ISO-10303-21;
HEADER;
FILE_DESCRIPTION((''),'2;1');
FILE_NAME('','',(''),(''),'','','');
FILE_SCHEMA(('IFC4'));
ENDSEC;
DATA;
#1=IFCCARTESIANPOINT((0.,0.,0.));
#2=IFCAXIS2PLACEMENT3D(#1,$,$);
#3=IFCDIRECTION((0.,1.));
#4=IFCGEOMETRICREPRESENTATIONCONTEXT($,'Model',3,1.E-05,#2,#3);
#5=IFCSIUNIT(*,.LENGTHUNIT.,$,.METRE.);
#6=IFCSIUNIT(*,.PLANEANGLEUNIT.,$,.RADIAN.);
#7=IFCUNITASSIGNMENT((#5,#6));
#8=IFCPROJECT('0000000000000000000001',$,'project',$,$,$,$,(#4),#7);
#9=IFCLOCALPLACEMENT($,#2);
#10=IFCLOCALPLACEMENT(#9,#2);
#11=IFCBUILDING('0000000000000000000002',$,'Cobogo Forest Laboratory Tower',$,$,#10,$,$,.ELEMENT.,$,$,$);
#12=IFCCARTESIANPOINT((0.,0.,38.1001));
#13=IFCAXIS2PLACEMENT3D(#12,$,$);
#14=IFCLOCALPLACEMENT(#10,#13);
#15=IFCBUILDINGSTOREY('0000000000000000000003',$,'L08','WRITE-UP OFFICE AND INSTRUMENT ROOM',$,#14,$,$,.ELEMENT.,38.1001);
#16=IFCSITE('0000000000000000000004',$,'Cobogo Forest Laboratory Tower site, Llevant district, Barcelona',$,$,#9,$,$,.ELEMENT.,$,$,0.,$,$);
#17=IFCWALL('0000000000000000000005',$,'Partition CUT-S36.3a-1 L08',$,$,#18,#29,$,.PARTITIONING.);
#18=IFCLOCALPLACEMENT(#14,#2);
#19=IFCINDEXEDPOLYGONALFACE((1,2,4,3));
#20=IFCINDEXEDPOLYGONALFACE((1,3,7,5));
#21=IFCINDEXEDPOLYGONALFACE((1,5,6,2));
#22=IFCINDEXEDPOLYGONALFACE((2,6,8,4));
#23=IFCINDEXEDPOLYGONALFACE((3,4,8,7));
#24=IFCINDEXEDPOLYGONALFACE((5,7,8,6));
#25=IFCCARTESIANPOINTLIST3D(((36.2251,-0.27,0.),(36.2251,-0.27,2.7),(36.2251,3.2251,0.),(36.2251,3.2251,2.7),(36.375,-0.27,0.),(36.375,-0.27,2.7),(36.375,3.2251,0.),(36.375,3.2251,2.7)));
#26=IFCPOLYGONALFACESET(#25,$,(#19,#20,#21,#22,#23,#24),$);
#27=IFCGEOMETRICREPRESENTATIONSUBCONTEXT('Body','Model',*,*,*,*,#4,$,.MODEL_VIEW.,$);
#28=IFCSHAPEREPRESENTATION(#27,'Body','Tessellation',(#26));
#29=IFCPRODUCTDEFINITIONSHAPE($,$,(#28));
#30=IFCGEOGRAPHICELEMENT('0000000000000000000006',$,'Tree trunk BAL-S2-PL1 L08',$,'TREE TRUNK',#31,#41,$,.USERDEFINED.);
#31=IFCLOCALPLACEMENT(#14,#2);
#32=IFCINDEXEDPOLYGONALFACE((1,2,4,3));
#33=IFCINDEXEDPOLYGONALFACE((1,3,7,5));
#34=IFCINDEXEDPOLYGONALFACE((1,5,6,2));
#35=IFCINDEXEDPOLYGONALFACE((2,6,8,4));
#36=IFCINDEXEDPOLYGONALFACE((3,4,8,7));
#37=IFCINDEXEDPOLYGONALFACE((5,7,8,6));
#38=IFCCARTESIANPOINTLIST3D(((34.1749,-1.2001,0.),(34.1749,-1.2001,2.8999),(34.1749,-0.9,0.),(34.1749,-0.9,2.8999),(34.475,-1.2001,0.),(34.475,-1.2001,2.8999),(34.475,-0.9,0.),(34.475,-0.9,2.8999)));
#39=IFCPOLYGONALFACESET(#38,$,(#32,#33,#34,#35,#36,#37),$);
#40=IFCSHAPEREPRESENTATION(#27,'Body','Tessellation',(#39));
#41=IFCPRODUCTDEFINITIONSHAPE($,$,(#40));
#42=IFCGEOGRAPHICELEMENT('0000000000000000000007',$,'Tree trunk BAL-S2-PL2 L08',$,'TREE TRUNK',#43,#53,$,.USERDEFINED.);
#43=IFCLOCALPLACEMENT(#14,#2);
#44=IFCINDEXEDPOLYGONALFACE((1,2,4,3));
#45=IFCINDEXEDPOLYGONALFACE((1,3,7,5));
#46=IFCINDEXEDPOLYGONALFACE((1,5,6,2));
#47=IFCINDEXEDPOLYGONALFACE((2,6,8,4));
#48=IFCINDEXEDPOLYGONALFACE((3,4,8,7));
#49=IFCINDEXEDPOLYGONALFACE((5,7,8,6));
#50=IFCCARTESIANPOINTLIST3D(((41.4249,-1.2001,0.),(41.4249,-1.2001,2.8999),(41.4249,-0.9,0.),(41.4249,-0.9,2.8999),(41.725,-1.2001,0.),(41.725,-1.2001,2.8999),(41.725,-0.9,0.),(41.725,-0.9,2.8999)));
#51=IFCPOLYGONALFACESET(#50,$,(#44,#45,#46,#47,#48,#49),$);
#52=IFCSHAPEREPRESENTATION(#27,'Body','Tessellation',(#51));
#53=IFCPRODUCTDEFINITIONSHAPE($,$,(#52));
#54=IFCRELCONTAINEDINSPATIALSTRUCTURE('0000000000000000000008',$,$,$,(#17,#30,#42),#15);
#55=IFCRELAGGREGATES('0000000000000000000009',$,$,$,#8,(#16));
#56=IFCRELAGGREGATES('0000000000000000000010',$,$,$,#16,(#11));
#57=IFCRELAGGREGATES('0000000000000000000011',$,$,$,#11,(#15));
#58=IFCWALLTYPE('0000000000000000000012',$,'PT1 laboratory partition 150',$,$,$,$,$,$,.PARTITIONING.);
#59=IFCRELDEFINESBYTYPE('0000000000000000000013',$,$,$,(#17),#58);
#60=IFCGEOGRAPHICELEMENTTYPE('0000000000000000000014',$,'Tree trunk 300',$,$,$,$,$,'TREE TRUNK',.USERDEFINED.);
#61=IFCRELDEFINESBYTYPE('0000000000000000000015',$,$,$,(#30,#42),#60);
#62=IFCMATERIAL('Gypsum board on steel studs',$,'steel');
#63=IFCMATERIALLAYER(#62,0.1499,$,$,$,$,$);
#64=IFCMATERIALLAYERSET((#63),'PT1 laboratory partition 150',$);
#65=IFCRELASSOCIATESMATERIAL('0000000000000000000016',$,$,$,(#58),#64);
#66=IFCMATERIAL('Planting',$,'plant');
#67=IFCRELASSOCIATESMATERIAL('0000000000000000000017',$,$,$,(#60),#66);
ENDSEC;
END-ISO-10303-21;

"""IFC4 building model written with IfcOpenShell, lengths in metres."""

from ifc_helpers import new_model, si_unit, direction, frame, frame_2d, origin, origin_2d, place, context, subcontext, project, spatial, rectangle, extrude, material, layer, layer_set, type_object, element, save


model = new_model("IFC4")

# Units and contexts
model_context = context("Model", 3, precision=1e-05, world=origin(), true_north=direction((0.0, 1.0)))
body_context = subcontext(model_context, "Body", "Model", "MODEL_VIEW")
ifc_project = project(units=[si_unit("LENGTHUNIT", "METRE"), si_unit("PLANEANGLEUNIT", "RADIAN")], contexts=[model_context])

# Site, building, storey
site_placement = place(None, origin())
site = spatial("IfcSite", under=ifc_project, at=site_placement, Name="Cobogo Forest Laboratory Tower site, Llevant district, Barcelona", CompositionType="ELEMENT", RefElevation=0.0)
building_placement = place(site_placement, origin())
building = spatial("IfcBuilding", under=site, at=building_placement, Name="Cobogo Forest Laboratory Tower", CompositionType="ELEMENT")
storey_placement = place(building_placement, frame((0.0, 0.0, 38.1001)))
storey = spatial("IfcBuildingStorey", under=building, at=storey_placement, Name="L08", Description="WRITE-UP OFFICE AND INSTRUMENT ROOM", CompositionType="ELEMENT", Elevation=38.1001)

# Wall
ifc_material_1 = material(Name="Gypsum board on steel studs", Category="steel")
ifc_layer_1 = layer(ifc_material_1, 0.1499)
ifc_layer_set_1 = layer_set([ifc_layer_1], Name="PT1 laboratory partition 150")
wall_type_1 = type_object("IfcWallType", Name="PT1 laboratory partition 150", PredefinedType="PARTITIONING", material=ifc_layer_set_1)
wall_1_placement = place(storey_placement, frame((36.3, -0.27, 0.0), z_axis=(0.0, 0.0, 1.0), x_axis=(0.0, 1.0, 0.0)))
element("IfcWall", 1, at=wall_1_placement, inside=storey, type_object=wall_type_1, Name="Partition CUT-S36.3a-1 L08", PredefinedType="PARTITIONING", context=body_context, shape_type="SweptSolid", body=[
    extrude(rectangle(XDim=3.4951, YDim=0.1499, at=frame_2d((1.7476, 0.0))), origin(), (0.0, 0.0, 1.0), 2.7),
])

# Geographic elements
ifc_material_2 = material(Name="Planting", Category="plant")
geographic_element_type = type_object("IfcGeographicElementType", Name="Tree trunk 300", ElementType="TREE TRUNK", PredefinedType="USERDEFINED", material=ifc_material_2)
for number, where, z_axis, x_axis, name in (
    (2, (34.325, -1.05, 0.0), (0.0, 0.0, 1.0), (1.0, 0.0, 0.0), "Tree trunk BAL-S2-PL1 L08"),
    (3, (41.575, -1.05, 0.0), (0.0, 0.0, 1.0), (1.0, 0.0, 0.0), "Tree trunk BAL-S2-PL2 L08"),
):
    element("IfcGeographicElement", number, at=place(storey_placement, frame(where, z_axis=z_axis, x_axis=x_axis)), inside=storey, type_object=geographic_element_type, Name=name, ObjectType="TREE TRUNK", PredefinedType="USERDEFINED", context=body_context, shape_type="SweptSolid", body=[
        extrude(rectangle(XDim=0.3, YDim=0.3, at=origin_2d()), origin(), (0.0, 0.0, 1.0), 2.8999),
    ])

save(model, "model.ifc")
